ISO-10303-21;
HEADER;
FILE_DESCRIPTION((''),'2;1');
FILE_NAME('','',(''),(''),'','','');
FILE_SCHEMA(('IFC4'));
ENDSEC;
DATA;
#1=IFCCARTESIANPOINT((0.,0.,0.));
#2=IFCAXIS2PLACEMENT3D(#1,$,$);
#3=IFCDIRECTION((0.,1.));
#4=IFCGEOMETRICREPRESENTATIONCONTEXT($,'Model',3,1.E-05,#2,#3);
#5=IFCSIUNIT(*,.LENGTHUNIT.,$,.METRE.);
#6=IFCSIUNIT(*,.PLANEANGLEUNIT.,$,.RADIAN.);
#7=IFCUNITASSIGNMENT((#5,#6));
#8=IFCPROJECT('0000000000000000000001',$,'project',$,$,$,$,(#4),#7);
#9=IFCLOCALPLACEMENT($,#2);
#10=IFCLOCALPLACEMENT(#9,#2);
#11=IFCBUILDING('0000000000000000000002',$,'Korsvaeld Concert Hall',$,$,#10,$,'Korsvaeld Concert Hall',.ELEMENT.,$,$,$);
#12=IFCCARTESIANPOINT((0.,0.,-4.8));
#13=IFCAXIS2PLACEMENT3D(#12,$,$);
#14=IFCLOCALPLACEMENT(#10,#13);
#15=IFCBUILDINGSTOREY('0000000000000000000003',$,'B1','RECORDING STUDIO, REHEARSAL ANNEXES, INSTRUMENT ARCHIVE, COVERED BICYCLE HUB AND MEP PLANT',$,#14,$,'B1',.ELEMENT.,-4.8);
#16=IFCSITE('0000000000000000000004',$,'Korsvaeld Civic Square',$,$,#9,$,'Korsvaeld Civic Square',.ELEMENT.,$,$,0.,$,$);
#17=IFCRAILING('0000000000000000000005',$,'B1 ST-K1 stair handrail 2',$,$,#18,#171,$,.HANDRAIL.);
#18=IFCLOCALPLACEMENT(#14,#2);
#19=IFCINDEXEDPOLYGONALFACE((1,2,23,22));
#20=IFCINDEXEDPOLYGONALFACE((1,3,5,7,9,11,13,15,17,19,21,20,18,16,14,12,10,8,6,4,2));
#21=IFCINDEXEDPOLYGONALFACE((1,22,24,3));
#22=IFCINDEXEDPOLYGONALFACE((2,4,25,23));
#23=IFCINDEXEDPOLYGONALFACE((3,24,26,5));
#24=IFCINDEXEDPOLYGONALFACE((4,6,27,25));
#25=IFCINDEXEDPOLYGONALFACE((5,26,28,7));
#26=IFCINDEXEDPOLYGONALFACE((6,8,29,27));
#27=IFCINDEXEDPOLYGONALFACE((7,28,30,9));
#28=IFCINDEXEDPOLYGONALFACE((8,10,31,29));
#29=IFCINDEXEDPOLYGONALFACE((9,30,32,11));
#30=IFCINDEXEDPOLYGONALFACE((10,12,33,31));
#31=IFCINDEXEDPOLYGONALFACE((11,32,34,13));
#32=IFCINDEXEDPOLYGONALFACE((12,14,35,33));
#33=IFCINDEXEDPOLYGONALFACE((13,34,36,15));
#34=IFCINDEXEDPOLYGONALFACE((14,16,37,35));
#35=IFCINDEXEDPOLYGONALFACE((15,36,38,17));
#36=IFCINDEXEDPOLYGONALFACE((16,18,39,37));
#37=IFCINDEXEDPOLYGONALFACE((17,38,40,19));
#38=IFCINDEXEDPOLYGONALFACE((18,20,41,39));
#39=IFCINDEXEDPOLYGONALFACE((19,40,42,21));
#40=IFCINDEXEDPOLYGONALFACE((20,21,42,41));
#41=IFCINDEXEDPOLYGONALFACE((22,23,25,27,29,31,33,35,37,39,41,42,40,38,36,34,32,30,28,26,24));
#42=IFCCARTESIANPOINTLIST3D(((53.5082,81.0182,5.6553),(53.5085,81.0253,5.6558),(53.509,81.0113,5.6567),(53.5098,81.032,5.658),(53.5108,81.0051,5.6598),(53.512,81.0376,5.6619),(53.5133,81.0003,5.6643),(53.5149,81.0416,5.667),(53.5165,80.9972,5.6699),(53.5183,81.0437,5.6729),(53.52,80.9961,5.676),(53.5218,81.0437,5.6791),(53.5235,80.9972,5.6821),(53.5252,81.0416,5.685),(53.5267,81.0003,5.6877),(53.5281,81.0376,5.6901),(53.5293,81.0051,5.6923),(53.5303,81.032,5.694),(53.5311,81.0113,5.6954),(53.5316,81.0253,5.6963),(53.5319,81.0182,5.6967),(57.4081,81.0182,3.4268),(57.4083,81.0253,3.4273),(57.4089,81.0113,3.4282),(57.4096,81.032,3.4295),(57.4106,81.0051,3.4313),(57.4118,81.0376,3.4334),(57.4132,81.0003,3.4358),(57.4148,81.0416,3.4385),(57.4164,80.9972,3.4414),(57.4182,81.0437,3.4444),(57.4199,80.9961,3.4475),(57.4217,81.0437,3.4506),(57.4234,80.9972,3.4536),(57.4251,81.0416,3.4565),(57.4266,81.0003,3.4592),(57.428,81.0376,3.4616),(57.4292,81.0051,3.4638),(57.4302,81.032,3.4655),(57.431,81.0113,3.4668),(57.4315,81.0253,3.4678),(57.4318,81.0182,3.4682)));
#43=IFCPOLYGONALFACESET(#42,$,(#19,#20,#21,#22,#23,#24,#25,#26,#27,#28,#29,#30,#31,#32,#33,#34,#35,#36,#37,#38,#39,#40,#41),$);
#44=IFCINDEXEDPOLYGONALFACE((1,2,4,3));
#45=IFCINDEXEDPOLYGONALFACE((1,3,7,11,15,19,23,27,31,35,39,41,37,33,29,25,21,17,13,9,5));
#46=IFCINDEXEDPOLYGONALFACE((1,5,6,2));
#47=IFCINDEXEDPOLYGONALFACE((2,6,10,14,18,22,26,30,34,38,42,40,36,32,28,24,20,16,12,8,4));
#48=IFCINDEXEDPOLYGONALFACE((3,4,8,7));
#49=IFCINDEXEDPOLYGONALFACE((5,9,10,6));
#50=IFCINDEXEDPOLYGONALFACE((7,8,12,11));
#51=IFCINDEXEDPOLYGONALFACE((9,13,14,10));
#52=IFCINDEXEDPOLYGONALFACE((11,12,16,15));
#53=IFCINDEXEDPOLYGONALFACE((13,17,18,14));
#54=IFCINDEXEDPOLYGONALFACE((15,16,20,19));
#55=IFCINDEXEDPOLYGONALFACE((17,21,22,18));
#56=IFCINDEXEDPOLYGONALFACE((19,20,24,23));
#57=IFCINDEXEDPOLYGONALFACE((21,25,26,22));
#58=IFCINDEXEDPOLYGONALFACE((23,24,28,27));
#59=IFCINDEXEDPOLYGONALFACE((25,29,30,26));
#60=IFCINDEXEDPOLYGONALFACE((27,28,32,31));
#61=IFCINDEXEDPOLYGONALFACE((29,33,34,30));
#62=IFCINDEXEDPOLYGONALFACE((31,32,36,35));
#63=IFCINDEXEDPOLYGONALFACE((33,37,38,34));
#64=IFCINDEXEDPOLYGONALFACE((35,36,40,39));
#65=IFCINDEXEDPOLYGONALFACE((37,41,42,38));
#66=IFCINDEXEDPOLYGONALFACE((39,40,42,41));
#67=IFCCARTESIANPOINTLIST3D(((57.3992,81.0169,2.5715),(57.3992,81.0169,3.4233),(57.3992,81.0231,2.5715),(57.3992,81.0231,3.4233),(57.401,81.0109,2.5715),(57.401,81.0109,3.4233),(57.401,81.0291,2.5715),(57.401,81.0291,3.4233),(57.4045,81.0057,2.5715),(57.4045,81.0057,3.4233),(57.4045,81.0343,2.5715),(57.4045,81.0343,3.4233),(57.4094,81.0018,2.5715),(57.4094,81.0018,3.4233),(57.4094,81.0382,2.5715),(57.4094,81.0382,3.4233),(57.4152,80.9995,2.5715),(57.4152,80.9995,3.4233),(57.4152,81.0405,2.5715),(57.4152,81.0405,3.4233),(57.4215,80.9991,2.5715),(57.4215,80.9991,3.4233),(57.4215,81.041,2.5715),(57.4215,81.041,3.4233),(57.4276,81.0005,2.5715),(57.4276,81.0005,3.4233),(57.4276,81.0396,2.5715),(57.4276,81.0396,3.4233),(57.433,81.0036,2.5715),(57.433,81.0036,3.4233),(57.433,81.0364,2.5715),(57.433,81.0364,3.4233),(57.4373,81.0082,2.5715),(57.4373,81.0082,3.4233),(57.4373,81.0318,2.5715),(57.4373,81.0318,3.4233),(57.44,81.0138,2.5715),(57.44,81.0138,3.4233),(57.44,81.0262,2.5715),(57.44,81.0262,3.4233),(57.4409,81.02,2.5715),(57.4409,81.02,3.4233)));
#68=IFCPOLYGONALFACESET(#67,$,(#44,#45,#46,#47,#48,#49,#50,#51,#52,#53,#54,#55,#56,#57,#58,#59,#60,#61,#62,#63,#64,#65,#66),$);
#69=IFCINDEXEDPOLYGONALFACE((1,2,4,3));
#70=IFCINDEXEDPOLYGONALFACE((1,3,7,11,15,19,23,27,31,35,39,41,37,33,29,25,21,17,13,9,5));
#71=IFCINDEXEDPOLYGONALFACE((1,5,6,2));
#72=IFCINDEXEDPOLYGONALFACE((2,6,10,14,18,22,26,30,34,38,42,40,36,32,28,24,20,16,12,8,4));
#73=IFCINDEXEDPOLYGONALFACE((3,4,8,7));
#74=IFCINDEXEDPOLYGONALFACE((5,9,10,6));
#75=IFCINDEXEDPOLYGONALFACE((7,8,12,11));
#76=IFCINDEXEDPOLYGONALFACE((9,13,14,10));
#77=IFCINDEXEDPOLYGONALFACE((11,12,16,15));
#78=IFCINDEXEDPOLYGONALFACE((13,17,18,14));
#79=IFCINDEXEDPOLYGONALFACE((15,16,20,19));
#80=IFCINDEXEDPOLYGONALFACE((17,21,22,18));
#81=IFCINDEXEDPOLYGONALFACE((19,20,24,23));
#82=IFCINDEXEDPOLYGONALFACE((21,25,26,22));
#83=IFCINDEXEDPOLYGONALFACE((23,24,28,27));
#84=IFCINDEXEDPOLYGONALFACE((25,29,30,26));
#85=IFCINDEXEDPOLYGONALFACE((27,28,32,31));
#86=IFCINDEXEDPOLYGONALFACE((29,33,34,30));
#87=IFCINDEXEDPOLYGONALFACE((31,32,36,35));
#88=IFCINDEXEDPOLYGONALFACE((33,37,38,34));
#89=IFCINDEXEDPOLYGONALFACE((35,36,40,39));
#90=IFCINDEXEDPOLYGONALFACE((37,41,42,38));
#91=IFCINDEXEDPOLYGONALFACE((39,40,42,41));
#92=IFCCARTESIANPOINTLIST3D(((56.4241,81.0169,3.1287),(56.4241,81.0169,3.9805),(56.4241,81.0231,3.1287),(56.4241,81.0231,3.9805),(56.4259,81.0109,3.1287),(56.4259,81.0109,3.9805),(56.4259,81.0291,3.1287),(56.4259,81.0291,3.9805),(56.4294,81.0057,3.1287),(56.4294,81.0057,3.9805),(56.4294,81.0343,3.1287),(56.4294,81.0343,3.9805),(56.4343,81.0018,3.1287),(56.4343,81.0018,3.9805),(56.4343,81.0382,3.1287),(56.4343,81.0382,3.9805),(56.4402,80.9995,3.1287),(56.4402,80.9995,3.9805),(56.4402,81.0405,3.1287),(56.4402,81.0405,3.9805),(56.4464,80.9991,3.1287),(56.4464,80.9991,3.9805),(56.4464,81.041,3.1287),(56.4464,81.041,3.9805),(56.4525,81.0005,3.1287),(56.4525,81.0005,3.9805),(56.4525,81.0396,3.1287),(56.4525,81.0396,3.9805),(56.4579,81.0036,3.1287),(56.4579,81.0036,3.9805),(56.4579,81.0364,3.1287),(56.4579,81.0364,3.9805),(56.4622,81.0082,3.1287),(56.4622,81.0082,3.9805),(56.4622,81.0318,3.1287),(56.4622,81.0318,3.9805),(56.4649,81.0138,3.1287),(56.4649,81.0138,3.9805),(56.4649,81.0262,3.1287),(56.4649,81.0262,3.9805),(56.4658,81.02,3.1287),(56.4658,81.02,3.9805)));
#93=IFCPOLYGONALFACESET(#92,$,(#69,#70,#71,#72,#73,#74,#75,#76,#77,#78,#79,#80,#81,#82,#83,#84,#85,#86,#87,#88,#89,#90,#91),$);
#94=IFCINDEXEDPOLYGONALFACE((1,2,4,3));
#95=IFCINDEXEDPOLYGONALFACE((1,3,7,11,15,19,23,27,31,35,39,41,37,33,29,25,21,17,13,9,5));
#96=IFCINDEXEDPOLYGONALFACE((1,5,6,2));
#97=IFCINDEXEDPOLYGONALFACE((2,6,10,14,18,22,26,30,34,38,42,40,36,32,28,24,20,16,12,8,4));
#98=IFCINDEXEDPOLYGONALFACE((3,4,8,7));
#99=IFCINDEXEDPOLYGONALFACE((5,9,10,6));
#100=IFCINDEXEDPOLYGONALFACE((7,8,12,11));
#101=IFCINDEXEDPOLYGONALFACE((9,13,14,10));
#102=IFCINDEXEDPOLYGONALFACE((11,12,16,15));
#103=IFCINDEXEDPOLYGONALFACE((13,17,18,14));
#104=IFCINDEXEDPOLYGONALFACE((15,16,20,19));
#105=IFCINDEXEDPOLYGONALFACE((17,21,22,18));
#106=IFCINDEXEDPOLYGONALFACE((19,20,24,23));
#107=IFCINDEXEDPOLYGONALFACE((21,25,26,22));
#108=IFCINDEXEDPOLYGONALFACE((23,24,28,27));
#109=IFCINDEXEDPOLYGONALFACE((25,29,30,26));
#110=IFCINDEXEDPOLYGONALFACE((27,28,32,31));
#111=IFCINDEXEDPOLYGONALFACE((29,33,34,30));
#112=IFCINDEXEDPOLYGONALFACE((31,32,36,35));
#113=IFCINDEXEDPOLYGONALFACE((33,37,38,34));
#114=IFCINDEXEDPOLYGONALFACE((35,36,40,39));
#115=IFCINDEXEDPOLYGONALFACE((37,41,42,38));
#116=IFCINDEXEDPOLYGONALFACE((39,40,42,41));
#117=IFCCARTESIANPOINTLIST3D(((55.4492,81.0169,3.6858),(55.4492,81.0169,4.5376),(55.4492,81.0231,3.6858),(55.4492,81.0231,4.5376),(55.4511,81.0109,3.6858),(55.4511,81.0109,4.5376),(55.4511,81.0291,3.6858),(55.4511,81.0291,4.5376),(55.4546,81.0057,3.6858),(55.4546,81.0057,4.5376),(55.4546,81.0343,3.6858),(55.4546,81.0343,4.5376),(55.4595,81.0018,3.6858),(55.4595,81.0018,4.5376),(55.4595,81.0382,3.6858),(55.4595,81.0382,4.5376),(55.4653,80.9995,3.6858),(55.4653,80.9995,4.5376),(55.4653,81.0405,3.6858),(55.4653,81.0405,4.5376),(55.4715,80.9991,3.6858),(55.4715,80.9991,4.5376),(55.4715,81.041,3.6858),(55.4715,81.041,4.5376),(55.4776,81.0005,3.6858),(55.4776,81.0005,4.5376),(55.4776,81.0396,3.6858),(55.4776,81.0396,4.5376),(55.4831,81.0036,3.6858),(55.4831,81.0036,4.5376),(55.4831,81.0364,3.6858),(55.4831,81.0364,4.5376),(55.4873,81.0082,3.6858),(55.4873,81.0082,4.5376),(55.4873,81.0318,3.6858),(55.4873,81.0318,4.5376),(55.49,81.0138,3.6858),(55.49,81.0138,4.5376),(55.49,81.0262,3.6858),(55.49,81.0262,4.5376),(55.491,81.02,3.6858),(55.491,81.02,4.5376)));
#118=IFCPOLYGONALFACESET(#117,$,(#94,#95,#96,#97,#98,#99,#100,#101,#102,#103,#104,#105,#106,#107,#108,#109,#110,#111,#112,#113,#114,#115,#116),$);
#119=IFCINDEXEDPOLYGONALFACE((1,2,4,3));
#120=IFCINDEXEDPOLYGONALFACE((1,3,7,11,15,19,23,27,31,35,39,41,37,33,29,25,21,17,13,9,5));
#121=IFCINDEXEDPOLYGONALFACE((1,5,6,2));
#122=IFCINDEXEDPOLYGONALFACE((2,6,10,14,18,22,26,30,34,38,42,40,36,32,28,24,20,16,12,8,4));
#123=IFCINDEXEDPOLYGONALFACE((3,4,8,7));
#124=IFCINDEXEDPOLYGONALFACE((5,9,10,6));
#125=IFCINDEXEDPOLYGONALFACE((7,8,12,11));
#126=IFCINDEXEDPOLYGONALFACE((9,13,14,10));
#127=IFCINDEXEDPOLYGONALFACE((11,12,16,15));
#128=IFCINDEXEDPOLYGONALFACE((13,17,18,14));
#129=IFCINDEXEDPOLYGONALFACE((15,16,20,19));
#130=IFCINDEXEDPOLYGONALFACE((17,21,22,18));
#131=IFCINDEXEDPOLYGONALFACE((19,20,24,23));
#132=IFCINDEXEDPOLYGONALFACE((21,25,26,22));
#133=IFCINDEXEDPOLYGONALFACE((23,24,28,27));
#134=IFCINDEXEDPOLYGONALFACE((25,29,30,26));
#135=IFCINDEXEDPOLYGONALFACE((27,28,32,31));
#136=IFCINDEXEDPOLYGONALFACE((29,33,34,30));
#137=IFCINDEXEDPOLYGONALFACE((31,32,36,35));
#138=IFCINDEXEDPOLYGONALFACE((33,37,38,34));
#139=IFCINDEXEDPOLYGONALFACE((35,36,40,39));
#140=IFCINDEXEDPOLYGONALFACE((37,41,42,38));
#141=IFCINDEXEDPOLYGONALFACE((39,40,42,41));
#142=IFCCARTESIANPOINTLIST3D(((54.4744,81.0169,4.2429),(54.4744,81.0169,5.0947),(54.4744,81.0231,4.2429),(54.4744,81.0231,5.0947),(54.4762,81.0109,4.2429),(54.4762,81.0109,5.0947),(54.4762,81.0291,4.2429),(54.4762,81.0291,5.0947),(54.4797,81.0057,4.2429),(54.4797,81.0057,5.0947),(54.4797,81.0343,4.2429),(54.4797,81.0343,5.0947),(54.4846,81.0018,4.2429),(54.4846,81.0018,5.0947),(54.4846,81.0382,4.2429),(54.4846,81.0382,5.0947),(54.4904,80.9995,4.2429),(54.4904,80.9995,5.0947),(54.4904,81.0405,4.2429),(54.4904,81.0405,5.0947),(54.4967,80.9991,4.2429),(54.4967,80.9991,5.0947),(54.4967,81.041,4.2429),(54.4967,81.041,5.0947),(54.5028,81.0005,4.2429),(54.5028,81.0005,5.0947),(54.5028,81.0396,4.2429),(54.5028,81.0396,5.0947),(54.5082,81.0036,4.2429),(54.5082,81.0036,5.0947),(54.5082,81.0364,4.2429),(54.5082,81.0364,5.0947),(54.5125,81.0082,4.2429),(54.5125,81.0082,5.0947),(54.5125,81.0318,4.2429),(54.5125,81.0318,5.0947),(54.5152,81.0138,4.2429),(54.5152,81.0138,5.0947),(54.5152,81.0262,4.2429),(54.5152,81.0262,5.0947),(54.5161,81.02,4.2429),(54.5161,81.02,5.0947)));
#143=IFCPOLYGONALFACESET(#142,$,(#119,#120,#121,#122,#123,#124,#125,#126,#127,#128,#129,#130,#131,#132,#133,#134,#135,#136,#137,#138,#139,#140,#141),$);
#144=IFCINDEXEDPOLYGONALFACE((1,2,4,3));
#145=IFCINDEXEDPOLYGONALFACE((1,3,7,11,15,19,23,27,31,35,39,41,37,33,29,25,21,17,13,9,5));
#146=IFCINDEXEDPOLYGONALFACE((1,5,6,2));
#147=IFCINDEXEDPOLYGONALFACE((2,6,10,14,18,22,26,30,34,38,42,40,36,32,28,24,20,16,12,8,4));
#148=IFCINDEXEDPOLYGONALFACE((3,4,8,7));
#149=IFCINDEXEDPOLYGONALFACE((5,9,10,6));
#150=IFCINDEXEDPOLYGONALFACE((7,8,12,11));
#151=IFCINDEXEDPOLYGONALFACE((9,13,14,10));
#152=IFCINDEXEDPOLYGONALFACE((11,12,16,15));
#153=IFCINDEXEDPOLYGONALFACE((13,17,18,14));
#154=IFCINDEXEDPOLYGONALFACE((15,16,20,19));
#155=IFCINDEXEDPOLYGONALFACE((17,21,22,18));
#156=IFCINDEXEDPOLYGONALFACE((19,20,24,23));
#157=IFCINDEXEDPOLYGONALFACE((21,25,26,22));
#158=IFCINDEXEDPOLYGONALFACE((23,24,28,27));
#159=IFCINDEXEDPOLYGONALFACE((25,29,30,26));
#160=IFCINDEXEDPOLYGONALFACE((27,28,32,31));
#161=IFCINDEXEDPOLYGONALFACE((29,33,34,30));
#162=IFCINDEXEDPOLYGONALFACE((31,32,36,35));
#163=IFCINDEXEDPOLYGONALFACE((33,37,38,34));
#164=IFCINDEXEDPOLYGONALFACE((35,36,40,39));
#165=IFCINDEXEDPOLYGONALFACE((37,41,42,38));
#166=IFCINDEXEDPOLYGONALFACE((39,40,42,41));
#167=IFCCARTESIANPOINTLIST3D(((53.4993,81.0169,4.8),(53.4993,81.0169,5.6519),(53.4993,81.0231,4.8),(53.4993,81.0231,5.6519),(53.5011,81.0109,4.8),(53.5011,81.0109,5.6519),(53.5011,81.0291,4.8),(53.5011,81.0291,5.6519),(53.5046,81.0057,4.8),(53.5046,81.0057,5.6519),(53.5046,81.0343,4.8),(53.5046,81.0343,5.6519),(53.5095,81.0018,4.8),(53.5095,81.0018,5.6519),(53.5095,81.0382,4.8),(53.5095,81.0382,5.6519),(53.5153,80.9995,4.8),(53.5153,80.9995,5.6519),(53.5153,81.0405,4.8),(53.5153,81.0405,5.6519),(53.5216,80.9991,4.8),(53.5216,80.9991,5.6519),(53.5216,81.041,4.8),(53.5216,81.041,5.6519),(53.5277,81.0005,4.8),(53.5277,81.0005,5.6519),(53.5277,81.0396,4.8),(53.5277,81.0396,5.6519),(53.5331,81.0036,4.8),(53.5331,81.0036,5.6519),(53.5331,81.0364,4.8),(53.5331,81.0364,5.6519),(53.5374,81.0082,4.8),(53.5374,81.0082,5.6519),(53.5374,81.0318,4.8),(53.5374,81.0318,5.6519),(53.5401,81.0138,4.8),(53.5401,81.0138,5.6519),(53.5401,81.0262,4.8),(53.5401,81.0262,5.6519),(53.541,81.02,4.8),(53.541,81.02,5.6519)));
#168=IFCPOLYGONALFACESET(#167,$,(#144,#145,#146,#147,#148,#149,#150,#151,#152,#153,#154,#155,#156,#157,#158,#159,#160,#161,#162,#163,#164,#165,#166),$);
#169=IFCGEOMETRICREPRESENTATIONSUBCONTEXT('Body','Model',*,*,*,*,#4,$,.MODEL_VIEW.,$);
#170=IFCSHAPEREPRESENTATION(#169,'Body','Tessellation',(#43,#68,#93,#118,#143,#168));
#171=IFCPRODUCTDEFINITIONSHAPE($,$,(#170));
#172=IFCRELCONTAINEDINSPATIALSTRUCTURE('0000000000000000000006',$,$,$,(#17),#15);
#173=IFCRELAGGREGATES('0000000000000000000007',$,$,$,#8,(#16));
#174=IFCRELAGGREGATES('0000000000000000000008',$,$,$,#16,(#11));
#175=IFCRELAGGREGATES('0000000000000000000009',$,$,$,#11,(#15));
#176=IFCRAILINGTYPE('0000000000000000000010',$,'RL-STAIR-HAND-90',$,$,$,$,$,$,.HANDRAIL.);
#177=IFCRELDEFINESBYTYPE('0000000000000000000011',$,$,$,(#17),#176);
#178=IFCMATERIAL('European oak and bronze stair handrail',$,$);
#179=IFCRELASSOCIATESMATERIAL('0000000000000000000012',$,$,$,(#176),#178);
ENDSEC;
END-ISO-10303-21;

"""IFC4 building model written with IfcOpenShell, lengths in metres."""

from ifc_helpers import new_model, si_unit, direction, frame, origin, origin_2d, place, context, subcontext, project, spatial, circle, extrude, material, type_object, element, save


model = new_model("IFC4")

# Units and contexts
model_context = context("Model", 3, precision=1e-05, world=origin(), true_north=direction((0.0, 1.0)))
body_context = subcontext(model_context, "Body", "Model", "MODEL_VIEW")
ifc_project = project(units=[si_unit("LENGTHUNIT", "METRE"), si_unit("PLANEANGLEUNIT", "RADIAN")], contexts=[model_context])

# Site, building, storey
site_placement = place(None, origin())
site = spatial("IfcSite", under=ifc_project, at=site_placement, Name="Korsvaeld Civic Square", LongName="Korsvaeld Civic Square", CompositionType="ELEMENT", RefElevation=0.0)
building_placement = place(site_placement, origin())
building = spatial("IfcBuilding", under=site, at=building_placement, Name="Korsvaeld Concert Hall", LongName="Korsvaeld Concert Hall", CompositionType="ELEMENT")
storey_placement = place(building_placement, frame((0.0, 0.0, -4.8)))
storey = spatial("IfcBuildingStorey", under=building, at=storey_placement, Name="B1", Description="RECORDING STUDIO, REHEARSAL ANNEXES, INSTRUMENT ARCHIVE, COVERED BICYCLE HUB AND MEP PLANT", LongName="B1", CompositionType="ELEMENT", Elevation=-4.8)

# Railing
ifc_material_1 = material(Name="European oak and bronze stair handrail")
railing_type_1 = type_object("IfcRailingType", Name="RL-STAIR-HAND-90", PredefinedType="HANDRAIL", material=ifc_material_1)
railing_1_placement = place(storey_placement, frame((57.4199, 81.02, 2.5715)))
element("IfcRailing", 1, at=railing_1_placement, inside=storey, type_object=railing_type_1, Name="B1 ST-K1 stair handrail 2", PredefinedType="HANDRAIL", context=body_context, shape_type="SweptSolid", body=[
    extrude(circle(Radius=0.0239, at=origin_2d()), frame((0.0, 0.0, 0.876), z_axis=(-0.868243, 0.0, 0.496139), x_axis=(0.0, -1.0, 0.0)), (0.0, 0.0, 1.0), 4.4917),
    extrude(circle(Radius=0.021, at=origin_2d()), origin(), (0.0, 0.0, 1.0), 0.8518),
    extrude(circle(Radius=0.021, at=origin_2d()), frame((-0.9751, 0.0, 0.5571)), (0.0, 0.0, 1.0), 0.8518),
    extrude(circle(Radius=0.021, at=origin_2d()), frame((-1.95, 0.0, 1.1143)), (0.0, 0.0, 1.0), 0.8518),
    extrude(circle(Radius=0.021, at=origin_2d()), frame((-2.9248, 0.0, 1.6714)), (0.0, 0.0, 1.0), 0.8518),
    extrude(circle(Radius=0.021, at=origin_2d()), frame((-3.8999, 0.0, 2.2285)), (0.0, 0.0, 1.0), 0.8518),
])

save(model, "model.ifc")
